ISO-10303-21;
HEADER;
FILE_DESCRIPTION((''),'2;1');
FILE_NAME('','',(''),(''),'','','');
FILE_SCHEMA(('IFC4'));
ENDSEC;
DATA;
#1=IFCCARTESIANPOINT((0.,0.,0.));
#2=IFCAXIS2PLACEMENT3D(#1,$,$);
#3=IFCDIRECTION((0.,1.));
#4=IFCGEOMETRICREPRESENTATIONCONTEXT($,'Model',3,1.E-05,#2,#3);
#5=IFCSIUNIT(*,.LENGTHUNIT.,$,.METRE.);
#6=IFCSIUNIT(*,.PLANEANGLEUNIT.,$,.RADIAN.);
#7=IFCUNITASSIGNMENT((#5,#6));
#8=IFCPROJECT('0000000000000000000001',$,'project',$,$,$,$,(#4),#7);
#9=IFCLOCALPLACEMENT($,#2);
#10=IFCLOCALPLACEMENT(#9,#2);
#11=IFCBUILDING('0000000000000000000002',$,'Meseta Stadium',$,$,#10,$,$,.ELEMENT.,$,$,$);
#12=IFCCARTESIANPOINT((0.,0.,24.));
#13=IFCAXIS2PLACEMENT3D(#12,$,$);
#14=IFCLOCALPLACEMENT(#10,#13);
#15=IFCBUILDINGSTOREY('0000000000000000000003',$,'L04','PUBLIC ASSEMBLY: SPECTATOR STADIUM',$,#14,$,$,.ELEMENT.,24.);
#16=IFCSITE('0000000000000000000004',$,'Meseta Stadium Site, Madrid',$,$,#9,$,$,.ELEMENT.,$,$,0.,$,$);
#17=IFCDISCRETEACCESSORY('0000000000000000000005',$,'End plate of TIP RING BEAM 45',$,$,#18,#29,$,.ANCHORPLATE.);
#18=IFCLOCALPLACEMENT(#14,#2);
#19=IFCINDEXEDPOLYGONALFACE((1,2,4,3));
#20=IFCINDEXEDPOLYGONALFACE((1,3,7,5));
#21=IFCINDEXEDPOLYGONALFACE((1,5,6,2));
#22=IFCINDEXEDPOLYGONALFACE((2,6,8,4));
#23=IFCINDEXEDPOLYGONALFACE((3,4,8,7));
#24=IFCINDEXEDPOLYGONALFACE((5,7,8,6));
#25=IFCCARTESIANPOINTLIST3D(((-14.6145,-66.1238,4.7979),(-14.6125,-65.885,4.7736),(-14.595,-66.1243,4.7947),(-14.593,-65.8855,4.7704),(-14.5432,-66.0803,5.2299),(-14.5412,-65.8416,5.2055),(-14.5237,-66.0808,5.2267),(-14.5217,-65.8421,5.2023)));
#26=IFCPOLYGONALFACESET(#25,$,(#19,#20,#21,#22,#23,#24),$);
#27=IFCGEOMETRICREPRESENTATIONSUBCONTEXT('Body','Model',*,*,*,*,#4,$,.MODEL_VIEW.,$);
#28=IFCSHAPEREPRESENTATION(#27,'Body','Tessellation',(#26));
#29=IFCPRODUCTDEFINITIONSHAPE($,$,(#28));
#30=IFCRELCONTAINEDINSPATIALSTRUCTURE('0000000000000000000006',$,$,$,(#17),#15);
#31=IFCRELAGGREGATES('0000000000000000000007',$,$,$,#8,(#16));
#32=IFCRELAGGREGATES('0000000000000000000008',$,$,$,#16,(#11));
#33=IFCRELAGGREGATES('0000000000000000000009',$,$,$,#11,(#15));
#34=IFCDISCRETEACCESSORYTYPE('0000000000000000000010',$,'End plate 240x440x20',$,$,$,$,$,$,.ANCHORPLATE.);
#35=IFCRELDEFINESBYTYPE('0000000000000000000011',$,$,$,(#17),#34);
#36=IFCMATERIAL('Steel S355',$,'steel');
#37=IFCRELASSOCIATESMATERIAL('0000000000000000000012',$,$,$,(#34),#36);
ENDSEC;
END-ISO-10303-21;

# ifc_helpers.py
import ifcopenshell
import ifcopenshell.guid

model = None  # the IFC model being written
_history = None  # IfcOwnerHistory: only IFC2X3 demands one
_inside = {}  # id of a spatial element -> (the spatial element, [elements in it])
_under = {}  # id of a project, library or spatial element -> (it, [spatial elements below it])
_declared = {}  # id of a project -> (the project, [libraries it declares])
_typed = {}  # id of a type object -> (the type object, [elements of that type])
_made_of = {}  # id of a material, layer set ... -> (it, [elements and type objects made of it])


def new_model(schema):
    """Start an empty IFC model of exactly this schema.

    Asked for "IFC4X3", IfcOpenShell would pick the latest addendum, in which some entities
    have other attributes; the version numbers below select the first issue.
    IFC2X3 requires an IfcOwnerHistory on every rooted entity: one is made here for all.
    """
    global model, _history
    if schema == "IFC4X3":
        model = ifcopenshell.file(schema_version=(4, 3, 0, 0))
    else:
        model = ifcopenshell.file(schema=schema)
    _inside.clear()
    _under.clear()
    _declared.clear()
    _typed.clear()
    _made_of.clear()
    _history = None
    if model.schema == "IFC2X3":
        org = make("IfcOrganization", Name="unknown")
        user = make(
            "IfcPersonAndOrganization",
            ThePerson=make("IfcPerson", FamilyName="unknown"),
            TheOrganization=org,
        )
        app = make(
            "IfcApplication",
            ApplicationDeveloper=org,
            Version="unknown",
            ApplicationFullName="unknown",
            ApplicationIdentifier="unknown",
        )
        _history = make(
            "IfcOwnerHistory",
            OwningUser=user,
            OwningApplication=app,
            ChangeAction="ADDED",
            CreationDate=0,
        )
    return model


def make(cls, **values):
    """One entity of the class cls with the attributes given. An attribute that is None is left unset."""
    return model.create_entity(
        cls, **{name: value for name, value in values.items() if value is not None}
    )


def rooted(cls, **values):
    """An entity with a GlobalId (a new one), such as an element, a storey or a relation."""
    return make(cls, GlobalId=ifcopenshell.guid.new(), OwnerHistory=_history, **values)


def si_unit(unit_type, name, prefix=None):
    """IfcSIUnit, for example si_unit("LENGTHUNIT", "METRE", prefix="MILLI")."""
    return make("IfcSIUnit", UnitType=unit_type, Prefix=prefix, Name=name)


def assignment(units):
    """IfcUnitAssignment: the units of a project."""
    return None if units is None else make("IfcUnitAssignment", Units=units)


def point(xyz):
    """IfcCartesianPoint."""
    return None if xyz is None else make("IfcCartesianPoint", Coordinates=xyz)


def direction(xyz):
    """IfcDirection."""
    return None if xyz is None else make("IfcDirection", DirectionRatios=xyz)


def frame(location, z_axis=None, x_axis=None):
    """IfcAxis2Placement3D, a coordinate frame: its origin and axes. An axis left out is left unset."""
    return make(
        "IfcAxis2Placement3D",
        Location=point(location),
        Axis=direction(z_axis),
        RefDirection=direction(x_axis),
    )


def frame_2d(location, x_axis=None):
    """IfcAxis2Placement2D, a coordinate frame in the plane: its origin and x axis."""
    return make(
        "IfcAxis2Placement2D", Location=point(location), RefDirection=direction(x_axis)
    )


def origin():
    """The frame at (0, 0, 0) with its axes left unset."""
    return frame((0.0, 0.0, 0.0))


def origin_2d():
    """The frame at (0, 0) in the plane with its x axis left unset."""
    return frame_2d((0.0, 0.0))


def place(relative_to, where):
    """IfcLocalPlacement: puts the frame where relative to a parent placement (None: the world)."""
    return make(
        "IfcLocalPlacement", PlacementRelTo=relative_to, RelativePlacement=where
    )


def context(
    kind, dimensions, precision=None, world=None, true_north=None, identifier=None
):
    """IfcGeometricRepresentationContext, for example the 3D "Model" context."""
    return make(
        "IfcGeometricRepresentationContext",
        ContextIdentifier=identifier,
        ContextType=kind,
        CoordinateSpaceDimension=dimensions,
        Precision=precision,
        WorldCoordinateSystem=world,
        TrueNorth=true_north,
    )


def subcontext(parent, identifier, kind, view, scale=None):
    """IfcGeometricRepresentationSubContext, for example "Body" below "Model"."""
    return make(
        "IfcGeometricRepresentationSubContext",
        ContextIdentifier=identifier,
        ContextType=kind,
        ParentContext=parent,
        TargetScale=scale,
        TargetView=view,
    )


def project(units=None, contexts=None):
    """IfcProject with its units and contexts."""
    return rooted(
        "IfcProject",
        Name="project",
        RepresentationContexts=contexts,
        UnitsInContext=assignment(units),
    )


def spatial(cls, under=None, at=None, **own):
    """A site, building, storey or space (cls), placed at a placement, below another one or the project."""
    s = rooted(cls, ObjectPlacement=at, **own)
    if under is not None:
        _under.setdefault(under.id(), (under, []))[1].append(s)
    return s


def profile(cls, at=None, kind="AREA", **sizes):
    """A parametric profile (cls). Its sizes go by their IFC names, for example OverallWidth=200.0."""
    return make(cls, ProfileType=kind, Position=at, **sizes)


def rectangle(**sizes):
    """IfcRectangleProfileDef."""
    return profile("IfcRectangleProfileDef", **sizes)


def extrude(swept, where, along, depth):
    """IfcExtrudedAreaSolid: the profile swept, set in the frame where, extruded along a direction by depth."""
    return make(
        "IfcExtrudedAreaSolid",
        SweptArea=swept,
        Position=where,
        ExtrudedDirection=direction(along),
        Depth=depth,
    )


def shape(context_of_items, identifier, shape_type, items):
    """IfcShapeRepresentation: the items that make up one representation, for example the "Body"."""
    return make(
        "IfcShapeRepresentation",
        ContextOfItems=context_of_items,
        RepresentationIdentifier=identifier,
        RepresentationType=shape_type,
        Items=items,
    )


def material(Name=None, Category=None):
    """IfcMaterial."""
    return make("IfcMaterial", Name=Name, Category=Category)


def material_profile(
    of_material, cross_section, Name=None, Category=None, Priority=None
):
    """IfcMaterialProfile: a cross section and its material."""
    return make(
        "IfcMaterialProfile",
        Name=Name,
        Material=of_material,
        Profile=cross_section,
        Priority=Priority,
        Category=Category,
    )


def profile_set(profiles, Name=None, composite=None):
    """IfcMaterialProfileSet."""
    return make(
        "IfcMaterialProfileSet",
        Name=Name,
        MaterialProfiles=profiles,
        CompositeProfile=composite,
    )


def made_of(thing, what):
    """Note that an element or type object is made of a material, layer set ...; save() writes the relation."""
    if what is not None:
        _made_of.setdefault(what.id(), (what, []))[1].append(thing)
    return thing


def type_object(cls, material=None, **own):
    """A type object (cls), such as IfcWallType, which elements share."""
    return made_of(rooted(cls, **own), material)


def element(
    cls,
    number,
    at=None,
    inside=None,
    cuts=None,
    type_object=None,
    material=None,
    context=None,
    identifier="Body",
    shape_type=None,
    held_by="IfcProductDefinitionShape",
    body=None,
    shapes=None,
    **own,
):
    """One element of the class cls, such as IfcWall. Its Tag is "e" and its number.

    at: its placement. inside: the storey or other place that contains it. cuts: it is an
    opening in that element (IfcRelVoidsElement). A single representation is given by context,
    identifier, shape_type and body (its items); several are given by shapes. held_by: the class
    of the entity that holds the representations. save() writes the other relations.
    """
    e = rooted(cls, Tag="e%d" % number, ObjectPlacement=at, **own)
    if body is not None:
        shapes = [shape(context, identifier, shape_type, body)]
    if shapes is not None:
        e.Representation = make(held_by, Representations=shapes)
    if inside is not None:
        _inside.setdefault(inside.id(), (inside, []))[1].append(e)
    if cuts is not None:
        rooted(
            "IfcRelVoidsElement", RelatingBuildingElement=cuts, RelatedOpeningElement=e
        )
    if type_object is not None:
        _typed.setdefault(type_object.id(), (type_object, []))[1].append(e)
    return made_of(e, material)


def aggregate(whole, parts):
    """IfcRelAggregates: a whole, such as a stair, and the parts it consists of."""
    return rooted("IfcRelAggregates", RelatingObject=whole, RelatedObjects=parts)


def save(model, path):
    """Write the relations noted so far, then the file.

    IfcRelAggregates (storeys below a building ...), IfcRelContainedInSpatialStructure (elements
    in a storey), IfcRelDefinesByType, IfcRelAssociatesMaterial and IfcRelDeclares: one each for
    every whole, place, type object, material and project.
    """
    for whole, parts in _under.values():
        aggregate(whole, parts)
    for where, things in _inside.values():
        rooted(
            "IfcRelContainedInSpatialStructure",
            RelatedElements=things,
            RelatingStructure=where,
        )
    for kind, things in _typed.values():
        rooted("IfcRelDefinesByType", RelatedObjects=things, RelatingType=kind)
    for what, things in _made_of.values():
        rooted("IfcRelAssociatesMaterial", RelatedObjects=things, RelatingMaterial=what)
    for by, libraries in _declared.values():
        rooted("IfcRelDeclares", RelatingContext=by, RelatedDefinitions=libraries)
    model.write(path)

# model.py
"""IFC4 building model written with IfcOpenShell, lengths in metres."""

from ifc_helpers import new_model, si_unit, direction, frame, origin, origin_2d, place, context, subcontext, project, spatial, rectangle, extrude, material, material_profile, profile_set, type_object, element, save


model = new_model("IFC4")

# Units and contexts
model_context = context("Model", 3, precision=1e-05, world=origin(), true_north=direction((0.0, 1.0)))
body_context = subcontext(model_context, "Body", "Model", "MODEL_VIEW")
ifc_project = project(units=[si_unit("LENGTHUNIT", "METRE"), si_unit("PLANEANGLEUNIT", "RADIAN")], contexts=[model_context])

# Site, building, storey
site_placement = place(None, origin())
site = spatial("IfcSite", under=ifc_project, at=site_placement, Name="Meseta Stadium Site, Madrid", CompositionType="ELEMENT", RefElevation=0.0)
building_placement = place(site_placement, origin())
building = spatial("IfcBuilding", under=site, at=building_placement, Name="Meseta Stadium", CompositionType="ELEMENT")
storey_placement = place(building_placement, frame((0.0, 0.0, 24.0)))
storey = spatial("IfcBuildingStorey", under=building, at=storey_placement, Name="L04", Description="PUBLIC ASSEMBLY: SPECTATOR STADIUM", CompositionType="ELEMENT", Elevation=24.0)

# Discrete accessory
ifc_material_1 = material(Name="Steel S355", Category="steel")
ifc_material_profile_1 = material_profile(ifc_material_1, rectangle(XDim=0.24, YDim=0.4399, at=origin_2d()), Name="PL 240x440")
ifc_profile_set_1 = profile_set([ifc_material_profile_1], Name="Steel S355")
discrete_accessory_type_1 = type_object("IfcDiscreteAccessoryType", Name="End plate 240x440x20", PredefinedType="ANCHORPLATE", material=ifc_profile_set_1)
discrete_accessory_1_placement = place(storey_placement, frame((-14.5779, -65.9827, 5.0017), z_axis=(0.986752, -0.024669, -0.160347), x_axis=(0.008381, 0.994803, -0.101474)))
element("IfcDiscreteAccessory", 1, at=discrete_accessory_1_placement, inside=storey, type_object=discrete_accessory_type_1, Name="End plate of TIP RING BEAM 45", PredefinedType="ANCHORPLATE", context=body_context, shape_type="SweptSolid", body=[
    extrude(rectangle(XDim=0.24, YDim=0.4399, at=origin_2d()), origin(), (0.0, 0.0, 1.0), 0.0198),
])

save(model, "model.ifc")
